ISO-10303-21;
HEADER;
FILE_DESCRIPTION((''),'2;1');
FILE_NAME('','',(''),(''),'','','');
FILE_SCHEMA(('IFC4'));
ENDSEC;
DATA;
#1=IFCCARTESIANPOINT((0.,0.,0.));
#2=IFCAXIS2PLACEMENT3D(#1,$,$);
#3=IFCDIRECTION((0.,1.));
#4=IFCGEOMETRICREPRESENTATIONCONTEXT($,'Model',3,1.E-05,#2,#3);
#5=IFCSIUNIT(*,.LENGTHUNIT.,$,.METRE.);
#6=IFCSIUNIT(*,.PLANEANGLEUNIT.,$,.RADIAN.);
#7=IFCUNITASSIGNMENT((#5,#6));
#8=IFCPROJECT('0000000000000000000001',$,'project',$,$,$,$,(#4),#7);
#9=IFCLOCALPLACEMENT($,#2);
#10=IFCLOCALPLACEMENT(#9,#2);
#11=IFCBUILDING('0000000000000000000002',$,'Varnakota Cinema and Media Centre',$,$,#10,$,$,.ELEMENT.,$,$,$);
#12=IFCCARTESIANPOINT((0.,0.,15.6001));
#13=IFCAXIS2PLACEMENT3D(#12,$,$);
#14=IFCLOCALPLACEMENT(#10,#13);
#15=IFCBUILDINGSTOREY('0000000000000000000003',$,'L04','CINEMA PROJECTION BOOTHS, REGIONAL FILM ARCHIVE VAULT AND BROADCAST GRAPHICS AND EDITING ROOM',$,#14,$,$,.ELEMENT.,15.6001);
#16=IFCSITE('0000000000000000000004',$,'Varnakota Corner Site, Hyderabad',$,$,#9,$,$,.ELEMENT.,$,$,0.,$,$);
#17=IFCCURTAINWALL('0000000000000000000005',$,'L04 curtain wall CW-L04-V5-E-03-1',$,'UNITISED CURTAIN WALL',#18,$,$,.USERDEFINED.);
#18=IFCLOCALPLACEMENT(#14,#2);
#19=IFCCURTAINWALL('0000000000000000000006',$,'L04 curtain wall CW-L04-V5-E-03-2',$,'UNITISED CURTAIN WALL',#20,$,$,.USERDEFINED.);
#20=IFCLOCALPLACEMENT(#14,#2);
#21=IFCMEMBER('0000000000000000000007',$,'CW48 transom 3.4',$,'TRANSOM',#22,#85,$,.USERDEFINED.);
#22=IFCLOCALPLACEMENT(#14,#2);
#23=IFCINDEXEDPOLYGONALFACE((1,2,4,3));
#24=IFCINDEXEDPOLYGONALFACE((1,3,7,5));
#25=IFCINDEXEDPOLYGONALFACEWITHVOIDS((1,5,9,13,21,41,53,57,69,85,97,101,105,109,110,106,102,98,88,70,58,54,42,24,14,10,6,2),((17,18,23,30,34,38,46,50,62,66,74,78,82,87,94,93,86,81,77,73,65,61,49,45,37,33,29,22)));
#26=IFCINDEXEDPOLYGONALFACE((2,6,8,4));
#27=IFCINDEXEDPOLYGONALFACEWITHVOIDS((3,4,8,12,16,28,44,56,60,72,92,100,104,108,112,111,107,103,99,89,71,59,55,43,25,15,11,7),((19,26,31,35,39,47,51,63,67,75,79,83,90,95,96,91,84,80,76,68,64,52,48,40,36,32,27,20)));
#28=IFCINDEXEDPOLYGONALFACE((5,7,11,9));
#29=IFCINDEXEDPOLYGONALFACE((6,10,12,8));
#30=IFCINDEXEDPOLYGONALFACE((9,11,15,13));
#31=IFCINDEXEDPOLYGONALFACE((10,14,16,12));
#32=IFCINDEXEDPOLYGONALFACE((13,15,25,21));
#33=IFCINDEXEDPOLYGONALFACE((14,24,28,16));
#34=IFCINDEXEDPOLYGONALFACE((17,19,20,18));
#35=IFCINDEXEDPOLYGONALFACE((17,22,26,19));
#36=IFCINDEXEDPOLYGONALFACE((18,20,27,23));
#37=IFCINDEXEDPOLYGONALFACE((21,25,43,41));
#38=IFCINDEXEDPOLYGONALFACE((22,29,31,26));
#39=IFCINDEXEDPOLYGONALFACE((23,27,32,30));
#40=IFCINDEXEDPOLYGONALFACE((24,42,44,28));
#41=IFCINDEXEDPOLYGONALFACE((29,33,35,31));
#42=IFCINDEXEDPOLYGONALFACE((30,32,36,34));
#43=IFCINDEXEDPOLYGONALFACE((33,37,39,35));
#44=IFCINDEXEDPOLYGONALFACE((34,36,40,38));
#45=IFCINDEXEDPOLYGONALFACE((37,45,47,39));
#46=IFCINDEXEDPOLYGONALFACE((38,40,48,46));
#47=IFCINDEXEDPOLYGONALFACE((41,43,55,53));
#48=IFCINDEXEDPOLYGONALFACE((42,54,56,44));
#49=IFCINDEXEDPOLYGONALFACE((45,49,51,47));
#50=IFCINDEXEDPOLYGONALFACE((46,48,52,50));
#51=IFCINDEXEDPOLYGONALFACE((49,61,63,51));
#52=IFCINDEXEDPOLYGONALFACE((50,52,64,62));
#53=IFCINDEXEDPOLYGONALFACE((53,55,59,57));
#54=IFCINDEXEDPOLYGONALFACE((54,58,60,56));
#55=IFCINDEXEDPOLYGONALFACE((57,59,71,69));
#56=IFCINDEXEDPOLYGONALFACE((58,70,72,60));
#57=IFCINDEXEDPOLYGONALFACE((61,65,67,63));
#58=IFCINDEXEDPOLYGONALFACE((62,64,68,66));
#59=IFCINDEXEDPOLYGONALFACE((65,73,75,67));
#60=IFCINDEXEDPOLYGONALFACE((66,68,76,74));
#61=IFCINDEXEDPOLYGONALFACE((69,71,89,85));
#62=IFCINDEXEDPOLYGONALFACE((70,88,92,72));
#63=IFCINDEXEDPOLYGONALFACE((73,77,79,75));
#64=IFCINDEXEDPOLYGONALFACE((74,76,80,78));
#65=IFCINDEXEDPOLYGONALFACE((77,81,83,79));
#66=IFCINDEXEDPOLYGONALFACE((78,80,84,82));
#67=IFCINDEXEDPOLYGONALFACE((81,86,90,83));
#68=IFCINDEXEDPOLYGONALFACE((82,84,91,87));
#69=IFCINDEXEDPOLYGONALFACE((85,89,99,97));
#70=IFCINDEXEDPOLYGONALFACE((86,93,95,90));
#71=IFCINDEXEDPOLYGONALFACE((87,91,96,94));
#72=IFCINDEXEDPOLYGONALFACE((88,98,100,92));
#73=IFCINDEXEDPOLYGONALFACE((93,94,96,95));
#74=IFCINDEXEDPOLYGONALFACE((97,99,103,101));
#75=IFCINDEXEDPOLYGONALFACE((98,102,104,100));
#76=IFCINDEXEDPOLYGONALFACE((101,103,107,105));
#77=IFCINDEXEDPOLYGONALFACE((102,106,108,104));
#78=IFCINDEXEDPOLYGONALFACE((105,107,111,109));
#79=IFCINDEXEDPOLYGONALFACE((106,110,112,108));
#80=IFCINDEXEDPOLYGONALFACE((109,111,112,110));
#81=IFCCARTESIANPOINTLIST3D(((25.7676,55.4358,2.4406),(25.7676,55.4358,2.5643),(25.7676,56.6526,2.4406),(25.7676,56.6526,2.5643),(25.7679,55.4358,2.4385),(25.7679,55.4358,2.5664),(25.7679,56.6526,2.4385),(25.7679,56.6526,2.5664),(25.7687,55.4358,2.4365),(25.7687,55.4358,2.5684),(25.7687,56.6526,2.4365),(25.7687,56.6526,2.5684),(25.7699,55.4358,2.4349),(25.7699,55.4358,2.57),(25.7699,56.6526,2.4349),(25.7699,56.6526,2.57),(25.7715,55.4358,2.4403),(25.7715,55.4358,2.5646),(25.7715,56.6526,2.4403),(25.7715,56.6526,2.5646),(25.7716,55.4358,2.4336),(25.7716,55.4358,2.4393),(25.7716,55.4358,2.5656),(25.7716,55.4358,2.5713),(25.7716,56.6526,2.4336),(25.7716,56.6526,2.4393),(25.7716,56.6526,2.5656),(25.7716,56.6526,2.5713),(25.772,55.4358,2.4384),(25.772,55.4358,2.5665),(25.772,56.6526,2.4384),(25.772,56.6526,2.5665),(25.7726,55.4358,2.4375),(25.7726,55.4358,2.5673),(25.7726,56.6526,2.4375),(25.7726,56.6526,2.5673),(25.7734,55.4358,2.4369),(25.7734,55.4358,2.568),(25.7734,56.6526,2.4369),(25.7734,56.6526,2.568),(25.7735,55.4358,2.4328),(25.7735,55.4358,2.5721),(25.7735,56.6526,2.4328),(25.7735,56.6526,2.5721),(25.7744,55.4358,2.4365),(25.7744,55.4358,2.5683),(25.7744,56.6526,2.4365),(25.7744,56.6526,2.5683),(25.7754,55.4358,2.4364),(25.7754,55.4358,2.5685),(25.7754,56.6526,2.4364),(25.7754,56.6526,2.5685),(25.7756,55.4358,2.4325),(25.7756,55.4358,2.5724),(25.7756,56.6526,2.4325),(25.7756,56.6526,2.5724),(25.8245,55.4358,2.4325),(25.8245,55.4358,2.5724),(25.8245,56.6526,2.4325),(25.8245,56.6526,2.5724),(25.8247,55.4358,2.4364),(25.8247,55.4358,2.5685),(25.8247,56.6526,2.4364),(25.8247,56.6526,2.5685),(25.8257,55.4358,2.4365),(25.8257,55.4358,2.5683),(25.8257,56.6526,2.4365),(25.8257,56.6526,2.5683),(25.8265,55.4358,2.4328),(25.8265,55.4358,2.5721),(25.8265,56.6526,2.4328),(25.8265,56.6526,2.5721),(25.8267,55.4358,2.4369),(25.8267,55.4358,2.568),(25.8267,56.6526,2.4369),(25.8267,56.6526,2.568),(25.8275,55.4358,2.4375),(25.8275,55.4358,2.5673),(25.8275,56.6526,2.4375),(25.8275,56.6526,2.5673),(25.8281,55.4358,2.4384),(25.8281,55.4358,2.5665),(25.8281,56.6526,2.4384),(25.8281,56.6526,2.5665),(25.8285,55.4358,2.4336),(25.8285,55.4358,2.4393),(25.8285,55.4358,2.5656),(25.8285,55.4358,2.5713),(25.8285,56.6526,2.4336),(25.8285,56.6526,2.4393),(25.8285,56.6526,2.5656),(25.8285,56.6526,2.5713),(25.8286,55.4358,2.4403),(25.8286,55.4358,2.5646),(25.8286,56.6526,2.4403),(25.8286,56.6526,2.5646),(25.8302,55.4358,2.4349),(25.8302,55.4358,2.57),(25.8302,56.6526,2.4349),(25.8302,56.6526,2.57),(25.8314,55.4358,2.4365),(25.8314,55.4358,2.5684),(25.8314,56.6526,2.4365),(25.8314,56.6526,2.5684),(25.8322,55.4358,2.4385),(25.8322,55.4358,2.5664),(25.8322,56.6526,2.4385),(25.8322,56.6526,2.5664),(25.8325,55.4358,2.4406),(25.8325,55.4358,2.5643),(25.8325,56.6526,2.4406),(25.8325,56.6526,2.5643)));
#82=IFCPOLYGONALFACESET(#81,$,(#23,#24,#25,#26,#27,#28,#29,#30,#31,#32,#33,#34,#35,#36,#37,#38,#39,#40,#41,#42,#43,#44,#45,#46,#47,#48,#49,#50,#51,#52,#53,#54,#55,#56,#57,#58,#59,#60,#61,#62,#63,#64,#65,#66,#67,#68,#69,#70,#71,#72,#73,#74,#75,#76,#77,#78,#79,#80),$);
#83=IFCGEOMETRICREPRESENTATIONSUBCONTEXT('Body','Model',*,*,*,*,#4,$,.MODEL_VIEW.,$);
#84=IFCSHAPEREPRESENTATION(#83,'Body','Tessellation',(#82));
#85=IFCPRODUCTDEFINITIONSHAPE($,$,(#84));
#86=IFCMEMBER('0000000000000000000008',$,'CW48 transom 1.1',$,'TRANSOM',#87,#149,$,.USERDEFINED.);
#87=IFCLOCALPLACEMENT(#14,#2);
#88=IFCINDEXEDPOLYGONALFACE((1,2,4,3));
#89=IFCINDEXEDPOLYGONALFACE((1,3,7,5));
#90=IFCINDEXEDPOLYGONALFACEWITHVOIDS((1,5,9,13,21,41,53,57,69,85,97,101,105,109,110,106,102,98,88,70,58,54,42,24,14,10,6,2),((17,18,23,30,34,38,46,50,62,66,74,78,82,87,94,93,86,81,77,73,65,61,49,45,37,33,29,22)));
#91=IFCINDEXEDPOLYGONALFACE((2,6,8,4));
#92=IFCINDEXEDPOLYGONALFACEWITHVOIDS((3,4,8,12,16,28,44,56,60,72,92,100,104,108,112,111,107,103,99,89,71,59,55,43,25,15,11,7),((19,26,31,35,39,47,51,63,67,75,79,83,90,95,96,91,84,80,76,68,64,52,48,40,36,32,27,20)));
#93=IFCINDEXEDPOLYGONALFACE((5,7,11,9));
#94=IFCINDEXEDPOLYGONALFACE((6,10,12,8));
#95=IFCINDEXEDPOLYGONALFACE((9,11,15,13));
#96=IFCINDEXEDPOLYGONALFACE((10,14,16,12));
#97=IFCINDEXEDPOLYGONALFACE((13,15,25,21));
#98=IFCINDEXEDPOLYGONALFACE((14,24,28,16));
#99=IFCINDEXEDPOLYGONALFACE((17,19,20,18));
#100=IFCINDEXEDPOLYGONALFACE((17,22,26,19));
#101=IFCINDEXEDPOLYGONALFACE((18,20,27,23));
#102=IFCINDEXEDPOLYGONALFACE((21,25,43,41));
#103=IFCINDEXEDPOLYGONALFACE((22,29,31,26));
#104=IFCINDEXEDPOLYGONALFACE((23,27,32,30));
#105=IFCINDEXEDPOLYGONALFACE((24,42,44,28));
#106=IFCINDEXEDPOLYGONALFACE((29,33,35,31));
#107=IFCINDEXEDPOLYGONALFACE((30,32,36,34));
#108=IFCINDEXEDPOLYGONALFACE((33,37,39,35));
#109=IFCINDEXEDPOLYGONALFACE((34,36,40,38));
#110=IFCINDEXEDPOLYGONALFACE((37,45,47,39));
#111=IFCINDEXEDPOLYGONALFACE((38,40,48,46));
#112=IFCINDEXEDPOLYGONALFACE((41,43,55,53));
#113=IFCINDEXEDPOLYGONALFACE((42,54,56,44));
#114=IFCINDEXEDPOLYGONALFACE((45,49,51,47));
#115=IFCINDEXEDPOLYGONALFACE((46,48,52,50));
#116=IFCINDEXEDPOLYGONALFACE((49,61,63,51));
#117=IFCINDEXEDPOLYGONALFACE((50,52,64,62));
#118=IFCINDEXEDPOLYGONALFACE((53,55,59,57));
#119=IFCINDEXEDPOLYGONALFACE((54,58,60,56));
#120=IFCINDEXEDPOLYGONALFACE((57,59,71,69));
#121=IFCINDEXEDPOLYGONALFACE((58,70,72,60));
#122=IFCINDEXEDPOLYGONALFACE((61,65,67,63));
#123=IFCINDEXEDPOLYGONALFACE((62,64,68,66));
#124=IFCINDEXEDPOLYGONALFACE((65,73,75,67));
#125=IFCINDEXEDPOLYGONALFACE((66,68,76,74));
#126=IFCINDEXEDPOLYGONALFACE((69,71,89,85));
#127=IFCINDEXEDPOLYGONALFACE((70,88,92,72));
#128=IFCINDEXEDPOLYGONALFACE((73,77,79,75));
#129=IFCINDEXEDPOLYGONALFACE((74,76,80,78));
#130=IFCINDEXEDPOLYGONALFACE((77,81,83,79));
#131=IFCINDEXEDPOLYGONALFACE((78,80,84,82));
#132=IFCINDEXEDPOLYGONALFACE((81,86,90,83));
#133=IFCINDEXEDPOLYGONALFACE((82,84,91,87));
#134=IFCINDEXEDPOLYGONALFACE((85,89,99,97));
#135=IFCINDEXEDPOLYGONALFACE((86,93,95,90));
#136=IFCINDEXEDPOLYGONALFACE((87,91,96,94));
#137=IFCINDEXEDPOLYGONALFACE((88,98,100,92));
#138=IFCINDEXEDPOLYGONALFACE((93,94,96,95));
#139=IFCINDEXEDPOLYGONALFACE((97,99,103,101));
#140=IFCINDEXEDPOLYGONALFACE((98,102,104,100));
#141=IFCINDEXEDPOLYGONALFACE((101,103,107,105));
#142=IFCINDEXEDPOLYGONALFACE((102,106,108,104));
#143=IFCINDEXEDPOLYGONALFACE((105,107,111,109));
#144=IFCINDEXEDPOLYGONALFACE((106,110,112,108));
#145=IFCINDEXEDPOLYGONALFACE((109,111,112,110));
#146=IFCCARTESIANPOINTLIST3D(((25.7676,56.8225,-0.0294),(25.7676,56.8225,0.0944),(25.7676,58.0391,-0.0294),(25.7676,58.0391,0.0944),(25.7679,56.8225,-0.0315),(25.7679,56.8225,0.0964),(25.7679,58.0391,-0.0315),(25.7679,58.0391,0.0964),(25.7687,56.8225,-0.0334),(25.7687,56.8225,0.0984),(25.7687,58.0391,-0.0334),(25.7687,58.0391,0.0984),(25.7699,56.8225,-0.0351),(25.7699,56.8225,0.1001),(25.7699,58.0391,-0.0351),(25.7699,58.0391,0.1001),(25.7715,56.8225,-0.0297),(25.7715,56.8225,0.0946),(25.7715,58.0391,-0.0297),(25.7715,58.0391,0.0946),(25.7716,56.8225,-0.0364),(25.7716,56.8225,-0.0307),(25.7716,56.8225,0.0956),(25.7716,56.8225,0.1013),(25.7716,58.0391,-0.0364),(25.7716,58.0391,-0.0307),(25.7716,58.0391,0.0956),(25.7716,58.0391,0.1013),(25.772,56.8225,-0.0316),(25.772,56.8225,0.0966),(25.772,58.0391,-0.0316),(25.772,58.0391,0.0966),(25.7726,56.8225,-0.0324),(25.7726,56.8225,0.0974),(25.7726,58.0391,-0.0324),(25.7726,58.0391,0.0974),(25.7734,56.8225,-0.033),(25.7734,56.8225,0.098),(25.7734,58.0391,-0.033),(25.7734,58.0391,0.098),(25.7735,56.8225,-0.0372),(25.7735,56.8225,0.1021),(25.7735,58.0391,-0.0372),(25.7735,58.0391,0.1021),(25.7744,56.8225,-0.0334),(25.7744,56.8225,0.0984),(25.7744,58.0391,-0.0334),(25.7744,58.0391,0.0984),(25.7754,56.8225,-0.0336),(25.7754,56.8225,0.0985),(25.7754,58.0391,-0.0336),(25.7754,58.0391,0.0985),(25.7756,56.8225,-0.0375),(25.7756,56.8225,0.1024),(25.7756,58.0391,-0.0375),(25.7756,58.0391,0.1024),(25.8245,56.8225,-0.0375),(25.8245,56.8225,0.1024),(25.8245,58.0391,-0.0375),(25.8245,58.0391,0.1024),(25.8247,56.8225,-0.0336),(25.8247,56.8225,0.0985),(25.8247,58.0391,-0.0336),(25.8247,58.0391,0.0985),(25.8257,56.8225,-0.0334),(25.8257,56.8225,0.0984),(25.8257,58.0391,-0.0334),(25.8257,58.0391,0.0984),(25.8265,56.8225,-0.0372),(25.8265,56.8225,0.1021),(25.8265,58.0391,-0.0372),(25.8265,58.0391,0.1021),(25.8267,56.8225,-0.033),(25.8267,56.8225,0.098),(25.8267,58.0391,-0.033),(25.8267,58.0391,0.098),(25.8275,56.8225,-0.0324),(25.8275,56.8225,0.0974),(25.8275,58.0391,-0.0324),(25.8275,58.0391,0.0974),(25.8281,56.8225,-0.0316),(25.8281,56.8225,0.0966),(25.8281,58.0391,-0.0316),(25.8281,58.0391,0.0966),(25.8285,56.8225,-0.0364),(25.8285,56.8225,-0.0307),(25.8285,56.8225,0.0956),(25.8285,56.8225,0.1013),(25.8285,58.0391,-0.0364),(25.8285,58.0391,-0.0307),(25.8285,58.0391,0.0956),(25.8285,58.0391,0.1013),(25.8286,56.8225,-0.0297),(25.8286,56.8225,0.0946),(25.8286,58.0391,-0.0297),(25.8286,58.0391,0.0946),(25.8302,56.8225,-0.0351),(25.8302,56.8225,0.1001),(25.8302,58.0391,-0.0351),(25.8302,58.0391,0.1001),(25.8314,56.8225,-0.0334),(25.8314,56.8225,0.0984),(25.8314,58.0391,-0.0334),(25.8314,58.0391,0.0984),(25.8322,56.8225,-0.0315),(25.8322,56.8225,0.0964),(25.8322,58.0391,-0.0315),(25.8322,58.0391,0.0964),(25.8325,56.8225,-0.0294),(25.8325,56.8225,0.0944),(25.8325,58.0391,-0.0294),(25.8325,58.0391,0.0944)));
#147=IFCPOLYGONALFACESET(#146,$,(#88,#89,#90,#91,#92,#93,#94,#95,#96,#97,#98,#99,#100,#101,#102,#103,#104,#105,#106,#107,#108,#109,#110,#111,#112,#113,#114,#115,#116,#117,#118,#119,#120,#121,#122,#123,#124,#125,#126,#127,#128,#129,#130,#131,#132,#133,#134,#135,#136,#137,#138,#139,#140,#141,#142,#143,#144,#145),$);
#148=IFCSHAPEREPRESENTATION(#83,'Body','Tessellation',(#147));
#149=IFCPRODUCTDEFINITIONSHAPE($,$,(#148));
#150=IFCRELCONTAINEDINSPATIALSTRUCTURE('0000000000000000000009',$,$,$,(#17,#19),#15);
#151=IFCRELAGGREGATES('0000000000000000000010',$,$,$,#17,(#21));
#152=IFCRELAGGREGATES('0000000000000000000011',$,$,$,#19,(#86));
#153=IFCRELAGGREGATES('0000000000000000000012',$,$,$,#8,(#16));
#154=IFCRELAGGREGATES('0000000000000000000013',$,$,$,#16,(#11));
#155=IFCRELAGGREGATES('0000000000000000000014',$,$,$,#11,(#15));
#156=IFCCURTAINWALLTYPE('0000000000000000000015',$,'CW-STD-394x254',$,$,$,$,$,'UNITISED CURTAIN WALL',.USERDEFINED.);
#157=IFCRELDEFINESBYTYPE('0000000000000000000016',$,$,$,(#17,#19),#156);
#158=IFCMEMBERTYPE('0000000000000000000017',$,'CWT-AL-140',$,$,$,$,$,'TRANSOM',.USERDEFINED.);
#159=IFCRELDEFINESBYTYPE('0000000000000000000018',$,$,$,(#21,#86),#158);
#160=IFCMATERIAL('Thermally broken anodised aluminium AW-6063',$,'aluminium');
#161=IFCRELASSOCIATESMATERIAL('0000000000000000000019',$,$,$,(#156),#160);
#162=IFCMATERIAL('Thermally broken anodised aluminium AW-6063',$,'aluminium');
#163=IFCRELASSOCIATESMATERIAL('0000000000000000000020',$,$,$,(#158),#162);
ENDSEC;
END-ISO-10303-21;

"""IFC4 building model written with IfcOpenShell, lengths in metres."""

from ifc_helpers import new_model, si_unit, direction, frame, origin, origin_2d, place, context, subcontext, project, spatial, hollow_rectangle, extrude, material, material_profile, profile_set, type_object, element, aggregate, save


model = new_model("IFC4")

# Units and contexts
model_context = context("Model", 3, precision=1e-05, world=origin(), true_north=direction((0.0, 1.0)))
body_context = subcontext(model_context, "Body", "Model", "MODEL_VIEW")
ifc_project = project(units=[si_unit("LENGTHUNIT", "METRE"), si_unit("PLANEANGLEUNIT", "RADIAN")], contexts=[model_context])

# Site, building, storey
site_placement = place(None, origin())
site = spatial("IfcSite", under=ifc_project, at=site_placement, Name="Varnakota Corner Site, Hyderabad", CompositionType="ELEMENT", RefElevation=0.0)
building_placement = place(site_placement, origin())
building = spatial("IfcBuilding", under=site, at=building_placement, Name="Varnakota Cinema and Media Centre", CompositionType="ELEMENT")
storey_placement = place(building_placement, frame((0.0, 0.0, 15.6001)))
storey = spatial("IfcBuildingStorey", under=building, at=storey_placement, Name="L04", Description="CINEMA PROJECTION BOOTHS, REGIONAL FILM ARCHIVE VAULT AND BROADCAST GRAPHICS AND EDITING ROOM", CompositionType="ELEMENT", Elevation=15.6001)

# Curtain walls
ifc_material_1 = material(Name="Thermally broken anodised aluminium AW-6063", Category="aluminium")
curtain_wall_type = type_object("IfcCurtainWallType", Name="CW-STD-394x254", ElementType="UNITISED CURTAIN WALL", PredefinedType="USERDEFINED", material=ifc_material_1)
curtain_wall_1_placement = place(storey_placement, origin())
curtain_wall_1 = element("IfcCurtainWall", 1, at=curtain_wall_1_placement, inside=storey, type_object=curtain_wall_type, Name="L04 curtain wall CW-L04-V5-E-03-1", ObjectType="UNITISED CURTAIN WALL", PredefinedType="USERDEFINED")
curtain_wall_2_placement = place(storey_placement, origin())
curtain_wall_2 = element("IfcCurtainWall", 2, at=curtain_wall_2_placement, inside=storey, type_object=curtain_wall_type, Name="L04 curtain wall CW-L04-V5-E-03-2", ObjectType="UNITISED CURTAIN WALL", PredefinedType="USERDEFINED")

# Members
ifc_material_2 = material(Name="Thermally broken anodised aluminium AW-6063", Category="aluminium")
ifc_material_profile_1 = material_profile(ifc_material_2, hollow_rectangle(XDim=0.0649, YDim=0.1399, WallThickness=0.0039, InnerFilletRadius=0.0039, OuterFilletRadius=0.0081, at=origin_2d()), Name="AL-TRANSOM 140x65x4")
ifc_profile_set_1 = profile_set([ifc_material_profile_1], Name="Thermally broken anodised aluminium AW-6063")
member_type_1 = type_object("IfcMemberType", Name="CWT-AL-140", ElementType="TRANSOM", PredefinedType="USERDEFINED", material=ifc_profile_set_1)
member_1_placement = place(storey_placement, frame((25.8, 55.4358, 2.5024), z_axis=(0.0, 1.0, 0.0), x_axis=(-1.0, 0.0, 0.0)))
member_1 = element("IfcMember", 3, at=member_1_placement, type_object=member_type_1, Name="CW48 transom 3.4", ObjectType="TRANSOM", PredefinedType="USERDEFINED", context=body_context, shape_type="SweptSolid", body=[
    extrude(hollow_rectangle(XDim=0.0649, YDim=0.1399, WallThickness=0.0039, InnerFilletRadius=0.0039, OuterFilletRadius=0.0081, at=origin_2d()), origin(), (0.0, 0.0, 1.0), 1.2168),
])
member_2_placement = place(storey_placement, frame((25.8, 56.8225, 0.0325), z_axis=(0.0, 1.0, 0.0), x_axis=(-1.0, 0.0, 0.0)))
member_2 = element("IfcMember", 4, at=member_2_placement, type_object=member_type_1, Name="CW48 transom 1.1", ObjectType="TRANSOM", PredefinedType="USERDEFINED", context=body_context, shape_type="SweptSolid", body=[
    extrude(hollow_rectangle(XDim=0.0649, YDim=0.1399, WallThickness=0.0039, InnerFilletRadius=0.0039, OuterFilletRadius=0.0081, at=origin_2d()), origin(), (0.0, 0.0, 1.0), 1.2166),
])

aggregate(curtain_wall_1, [member_1])
aggregate(curtain_wall_2, [member_2])

save(model, "model.ifc")
